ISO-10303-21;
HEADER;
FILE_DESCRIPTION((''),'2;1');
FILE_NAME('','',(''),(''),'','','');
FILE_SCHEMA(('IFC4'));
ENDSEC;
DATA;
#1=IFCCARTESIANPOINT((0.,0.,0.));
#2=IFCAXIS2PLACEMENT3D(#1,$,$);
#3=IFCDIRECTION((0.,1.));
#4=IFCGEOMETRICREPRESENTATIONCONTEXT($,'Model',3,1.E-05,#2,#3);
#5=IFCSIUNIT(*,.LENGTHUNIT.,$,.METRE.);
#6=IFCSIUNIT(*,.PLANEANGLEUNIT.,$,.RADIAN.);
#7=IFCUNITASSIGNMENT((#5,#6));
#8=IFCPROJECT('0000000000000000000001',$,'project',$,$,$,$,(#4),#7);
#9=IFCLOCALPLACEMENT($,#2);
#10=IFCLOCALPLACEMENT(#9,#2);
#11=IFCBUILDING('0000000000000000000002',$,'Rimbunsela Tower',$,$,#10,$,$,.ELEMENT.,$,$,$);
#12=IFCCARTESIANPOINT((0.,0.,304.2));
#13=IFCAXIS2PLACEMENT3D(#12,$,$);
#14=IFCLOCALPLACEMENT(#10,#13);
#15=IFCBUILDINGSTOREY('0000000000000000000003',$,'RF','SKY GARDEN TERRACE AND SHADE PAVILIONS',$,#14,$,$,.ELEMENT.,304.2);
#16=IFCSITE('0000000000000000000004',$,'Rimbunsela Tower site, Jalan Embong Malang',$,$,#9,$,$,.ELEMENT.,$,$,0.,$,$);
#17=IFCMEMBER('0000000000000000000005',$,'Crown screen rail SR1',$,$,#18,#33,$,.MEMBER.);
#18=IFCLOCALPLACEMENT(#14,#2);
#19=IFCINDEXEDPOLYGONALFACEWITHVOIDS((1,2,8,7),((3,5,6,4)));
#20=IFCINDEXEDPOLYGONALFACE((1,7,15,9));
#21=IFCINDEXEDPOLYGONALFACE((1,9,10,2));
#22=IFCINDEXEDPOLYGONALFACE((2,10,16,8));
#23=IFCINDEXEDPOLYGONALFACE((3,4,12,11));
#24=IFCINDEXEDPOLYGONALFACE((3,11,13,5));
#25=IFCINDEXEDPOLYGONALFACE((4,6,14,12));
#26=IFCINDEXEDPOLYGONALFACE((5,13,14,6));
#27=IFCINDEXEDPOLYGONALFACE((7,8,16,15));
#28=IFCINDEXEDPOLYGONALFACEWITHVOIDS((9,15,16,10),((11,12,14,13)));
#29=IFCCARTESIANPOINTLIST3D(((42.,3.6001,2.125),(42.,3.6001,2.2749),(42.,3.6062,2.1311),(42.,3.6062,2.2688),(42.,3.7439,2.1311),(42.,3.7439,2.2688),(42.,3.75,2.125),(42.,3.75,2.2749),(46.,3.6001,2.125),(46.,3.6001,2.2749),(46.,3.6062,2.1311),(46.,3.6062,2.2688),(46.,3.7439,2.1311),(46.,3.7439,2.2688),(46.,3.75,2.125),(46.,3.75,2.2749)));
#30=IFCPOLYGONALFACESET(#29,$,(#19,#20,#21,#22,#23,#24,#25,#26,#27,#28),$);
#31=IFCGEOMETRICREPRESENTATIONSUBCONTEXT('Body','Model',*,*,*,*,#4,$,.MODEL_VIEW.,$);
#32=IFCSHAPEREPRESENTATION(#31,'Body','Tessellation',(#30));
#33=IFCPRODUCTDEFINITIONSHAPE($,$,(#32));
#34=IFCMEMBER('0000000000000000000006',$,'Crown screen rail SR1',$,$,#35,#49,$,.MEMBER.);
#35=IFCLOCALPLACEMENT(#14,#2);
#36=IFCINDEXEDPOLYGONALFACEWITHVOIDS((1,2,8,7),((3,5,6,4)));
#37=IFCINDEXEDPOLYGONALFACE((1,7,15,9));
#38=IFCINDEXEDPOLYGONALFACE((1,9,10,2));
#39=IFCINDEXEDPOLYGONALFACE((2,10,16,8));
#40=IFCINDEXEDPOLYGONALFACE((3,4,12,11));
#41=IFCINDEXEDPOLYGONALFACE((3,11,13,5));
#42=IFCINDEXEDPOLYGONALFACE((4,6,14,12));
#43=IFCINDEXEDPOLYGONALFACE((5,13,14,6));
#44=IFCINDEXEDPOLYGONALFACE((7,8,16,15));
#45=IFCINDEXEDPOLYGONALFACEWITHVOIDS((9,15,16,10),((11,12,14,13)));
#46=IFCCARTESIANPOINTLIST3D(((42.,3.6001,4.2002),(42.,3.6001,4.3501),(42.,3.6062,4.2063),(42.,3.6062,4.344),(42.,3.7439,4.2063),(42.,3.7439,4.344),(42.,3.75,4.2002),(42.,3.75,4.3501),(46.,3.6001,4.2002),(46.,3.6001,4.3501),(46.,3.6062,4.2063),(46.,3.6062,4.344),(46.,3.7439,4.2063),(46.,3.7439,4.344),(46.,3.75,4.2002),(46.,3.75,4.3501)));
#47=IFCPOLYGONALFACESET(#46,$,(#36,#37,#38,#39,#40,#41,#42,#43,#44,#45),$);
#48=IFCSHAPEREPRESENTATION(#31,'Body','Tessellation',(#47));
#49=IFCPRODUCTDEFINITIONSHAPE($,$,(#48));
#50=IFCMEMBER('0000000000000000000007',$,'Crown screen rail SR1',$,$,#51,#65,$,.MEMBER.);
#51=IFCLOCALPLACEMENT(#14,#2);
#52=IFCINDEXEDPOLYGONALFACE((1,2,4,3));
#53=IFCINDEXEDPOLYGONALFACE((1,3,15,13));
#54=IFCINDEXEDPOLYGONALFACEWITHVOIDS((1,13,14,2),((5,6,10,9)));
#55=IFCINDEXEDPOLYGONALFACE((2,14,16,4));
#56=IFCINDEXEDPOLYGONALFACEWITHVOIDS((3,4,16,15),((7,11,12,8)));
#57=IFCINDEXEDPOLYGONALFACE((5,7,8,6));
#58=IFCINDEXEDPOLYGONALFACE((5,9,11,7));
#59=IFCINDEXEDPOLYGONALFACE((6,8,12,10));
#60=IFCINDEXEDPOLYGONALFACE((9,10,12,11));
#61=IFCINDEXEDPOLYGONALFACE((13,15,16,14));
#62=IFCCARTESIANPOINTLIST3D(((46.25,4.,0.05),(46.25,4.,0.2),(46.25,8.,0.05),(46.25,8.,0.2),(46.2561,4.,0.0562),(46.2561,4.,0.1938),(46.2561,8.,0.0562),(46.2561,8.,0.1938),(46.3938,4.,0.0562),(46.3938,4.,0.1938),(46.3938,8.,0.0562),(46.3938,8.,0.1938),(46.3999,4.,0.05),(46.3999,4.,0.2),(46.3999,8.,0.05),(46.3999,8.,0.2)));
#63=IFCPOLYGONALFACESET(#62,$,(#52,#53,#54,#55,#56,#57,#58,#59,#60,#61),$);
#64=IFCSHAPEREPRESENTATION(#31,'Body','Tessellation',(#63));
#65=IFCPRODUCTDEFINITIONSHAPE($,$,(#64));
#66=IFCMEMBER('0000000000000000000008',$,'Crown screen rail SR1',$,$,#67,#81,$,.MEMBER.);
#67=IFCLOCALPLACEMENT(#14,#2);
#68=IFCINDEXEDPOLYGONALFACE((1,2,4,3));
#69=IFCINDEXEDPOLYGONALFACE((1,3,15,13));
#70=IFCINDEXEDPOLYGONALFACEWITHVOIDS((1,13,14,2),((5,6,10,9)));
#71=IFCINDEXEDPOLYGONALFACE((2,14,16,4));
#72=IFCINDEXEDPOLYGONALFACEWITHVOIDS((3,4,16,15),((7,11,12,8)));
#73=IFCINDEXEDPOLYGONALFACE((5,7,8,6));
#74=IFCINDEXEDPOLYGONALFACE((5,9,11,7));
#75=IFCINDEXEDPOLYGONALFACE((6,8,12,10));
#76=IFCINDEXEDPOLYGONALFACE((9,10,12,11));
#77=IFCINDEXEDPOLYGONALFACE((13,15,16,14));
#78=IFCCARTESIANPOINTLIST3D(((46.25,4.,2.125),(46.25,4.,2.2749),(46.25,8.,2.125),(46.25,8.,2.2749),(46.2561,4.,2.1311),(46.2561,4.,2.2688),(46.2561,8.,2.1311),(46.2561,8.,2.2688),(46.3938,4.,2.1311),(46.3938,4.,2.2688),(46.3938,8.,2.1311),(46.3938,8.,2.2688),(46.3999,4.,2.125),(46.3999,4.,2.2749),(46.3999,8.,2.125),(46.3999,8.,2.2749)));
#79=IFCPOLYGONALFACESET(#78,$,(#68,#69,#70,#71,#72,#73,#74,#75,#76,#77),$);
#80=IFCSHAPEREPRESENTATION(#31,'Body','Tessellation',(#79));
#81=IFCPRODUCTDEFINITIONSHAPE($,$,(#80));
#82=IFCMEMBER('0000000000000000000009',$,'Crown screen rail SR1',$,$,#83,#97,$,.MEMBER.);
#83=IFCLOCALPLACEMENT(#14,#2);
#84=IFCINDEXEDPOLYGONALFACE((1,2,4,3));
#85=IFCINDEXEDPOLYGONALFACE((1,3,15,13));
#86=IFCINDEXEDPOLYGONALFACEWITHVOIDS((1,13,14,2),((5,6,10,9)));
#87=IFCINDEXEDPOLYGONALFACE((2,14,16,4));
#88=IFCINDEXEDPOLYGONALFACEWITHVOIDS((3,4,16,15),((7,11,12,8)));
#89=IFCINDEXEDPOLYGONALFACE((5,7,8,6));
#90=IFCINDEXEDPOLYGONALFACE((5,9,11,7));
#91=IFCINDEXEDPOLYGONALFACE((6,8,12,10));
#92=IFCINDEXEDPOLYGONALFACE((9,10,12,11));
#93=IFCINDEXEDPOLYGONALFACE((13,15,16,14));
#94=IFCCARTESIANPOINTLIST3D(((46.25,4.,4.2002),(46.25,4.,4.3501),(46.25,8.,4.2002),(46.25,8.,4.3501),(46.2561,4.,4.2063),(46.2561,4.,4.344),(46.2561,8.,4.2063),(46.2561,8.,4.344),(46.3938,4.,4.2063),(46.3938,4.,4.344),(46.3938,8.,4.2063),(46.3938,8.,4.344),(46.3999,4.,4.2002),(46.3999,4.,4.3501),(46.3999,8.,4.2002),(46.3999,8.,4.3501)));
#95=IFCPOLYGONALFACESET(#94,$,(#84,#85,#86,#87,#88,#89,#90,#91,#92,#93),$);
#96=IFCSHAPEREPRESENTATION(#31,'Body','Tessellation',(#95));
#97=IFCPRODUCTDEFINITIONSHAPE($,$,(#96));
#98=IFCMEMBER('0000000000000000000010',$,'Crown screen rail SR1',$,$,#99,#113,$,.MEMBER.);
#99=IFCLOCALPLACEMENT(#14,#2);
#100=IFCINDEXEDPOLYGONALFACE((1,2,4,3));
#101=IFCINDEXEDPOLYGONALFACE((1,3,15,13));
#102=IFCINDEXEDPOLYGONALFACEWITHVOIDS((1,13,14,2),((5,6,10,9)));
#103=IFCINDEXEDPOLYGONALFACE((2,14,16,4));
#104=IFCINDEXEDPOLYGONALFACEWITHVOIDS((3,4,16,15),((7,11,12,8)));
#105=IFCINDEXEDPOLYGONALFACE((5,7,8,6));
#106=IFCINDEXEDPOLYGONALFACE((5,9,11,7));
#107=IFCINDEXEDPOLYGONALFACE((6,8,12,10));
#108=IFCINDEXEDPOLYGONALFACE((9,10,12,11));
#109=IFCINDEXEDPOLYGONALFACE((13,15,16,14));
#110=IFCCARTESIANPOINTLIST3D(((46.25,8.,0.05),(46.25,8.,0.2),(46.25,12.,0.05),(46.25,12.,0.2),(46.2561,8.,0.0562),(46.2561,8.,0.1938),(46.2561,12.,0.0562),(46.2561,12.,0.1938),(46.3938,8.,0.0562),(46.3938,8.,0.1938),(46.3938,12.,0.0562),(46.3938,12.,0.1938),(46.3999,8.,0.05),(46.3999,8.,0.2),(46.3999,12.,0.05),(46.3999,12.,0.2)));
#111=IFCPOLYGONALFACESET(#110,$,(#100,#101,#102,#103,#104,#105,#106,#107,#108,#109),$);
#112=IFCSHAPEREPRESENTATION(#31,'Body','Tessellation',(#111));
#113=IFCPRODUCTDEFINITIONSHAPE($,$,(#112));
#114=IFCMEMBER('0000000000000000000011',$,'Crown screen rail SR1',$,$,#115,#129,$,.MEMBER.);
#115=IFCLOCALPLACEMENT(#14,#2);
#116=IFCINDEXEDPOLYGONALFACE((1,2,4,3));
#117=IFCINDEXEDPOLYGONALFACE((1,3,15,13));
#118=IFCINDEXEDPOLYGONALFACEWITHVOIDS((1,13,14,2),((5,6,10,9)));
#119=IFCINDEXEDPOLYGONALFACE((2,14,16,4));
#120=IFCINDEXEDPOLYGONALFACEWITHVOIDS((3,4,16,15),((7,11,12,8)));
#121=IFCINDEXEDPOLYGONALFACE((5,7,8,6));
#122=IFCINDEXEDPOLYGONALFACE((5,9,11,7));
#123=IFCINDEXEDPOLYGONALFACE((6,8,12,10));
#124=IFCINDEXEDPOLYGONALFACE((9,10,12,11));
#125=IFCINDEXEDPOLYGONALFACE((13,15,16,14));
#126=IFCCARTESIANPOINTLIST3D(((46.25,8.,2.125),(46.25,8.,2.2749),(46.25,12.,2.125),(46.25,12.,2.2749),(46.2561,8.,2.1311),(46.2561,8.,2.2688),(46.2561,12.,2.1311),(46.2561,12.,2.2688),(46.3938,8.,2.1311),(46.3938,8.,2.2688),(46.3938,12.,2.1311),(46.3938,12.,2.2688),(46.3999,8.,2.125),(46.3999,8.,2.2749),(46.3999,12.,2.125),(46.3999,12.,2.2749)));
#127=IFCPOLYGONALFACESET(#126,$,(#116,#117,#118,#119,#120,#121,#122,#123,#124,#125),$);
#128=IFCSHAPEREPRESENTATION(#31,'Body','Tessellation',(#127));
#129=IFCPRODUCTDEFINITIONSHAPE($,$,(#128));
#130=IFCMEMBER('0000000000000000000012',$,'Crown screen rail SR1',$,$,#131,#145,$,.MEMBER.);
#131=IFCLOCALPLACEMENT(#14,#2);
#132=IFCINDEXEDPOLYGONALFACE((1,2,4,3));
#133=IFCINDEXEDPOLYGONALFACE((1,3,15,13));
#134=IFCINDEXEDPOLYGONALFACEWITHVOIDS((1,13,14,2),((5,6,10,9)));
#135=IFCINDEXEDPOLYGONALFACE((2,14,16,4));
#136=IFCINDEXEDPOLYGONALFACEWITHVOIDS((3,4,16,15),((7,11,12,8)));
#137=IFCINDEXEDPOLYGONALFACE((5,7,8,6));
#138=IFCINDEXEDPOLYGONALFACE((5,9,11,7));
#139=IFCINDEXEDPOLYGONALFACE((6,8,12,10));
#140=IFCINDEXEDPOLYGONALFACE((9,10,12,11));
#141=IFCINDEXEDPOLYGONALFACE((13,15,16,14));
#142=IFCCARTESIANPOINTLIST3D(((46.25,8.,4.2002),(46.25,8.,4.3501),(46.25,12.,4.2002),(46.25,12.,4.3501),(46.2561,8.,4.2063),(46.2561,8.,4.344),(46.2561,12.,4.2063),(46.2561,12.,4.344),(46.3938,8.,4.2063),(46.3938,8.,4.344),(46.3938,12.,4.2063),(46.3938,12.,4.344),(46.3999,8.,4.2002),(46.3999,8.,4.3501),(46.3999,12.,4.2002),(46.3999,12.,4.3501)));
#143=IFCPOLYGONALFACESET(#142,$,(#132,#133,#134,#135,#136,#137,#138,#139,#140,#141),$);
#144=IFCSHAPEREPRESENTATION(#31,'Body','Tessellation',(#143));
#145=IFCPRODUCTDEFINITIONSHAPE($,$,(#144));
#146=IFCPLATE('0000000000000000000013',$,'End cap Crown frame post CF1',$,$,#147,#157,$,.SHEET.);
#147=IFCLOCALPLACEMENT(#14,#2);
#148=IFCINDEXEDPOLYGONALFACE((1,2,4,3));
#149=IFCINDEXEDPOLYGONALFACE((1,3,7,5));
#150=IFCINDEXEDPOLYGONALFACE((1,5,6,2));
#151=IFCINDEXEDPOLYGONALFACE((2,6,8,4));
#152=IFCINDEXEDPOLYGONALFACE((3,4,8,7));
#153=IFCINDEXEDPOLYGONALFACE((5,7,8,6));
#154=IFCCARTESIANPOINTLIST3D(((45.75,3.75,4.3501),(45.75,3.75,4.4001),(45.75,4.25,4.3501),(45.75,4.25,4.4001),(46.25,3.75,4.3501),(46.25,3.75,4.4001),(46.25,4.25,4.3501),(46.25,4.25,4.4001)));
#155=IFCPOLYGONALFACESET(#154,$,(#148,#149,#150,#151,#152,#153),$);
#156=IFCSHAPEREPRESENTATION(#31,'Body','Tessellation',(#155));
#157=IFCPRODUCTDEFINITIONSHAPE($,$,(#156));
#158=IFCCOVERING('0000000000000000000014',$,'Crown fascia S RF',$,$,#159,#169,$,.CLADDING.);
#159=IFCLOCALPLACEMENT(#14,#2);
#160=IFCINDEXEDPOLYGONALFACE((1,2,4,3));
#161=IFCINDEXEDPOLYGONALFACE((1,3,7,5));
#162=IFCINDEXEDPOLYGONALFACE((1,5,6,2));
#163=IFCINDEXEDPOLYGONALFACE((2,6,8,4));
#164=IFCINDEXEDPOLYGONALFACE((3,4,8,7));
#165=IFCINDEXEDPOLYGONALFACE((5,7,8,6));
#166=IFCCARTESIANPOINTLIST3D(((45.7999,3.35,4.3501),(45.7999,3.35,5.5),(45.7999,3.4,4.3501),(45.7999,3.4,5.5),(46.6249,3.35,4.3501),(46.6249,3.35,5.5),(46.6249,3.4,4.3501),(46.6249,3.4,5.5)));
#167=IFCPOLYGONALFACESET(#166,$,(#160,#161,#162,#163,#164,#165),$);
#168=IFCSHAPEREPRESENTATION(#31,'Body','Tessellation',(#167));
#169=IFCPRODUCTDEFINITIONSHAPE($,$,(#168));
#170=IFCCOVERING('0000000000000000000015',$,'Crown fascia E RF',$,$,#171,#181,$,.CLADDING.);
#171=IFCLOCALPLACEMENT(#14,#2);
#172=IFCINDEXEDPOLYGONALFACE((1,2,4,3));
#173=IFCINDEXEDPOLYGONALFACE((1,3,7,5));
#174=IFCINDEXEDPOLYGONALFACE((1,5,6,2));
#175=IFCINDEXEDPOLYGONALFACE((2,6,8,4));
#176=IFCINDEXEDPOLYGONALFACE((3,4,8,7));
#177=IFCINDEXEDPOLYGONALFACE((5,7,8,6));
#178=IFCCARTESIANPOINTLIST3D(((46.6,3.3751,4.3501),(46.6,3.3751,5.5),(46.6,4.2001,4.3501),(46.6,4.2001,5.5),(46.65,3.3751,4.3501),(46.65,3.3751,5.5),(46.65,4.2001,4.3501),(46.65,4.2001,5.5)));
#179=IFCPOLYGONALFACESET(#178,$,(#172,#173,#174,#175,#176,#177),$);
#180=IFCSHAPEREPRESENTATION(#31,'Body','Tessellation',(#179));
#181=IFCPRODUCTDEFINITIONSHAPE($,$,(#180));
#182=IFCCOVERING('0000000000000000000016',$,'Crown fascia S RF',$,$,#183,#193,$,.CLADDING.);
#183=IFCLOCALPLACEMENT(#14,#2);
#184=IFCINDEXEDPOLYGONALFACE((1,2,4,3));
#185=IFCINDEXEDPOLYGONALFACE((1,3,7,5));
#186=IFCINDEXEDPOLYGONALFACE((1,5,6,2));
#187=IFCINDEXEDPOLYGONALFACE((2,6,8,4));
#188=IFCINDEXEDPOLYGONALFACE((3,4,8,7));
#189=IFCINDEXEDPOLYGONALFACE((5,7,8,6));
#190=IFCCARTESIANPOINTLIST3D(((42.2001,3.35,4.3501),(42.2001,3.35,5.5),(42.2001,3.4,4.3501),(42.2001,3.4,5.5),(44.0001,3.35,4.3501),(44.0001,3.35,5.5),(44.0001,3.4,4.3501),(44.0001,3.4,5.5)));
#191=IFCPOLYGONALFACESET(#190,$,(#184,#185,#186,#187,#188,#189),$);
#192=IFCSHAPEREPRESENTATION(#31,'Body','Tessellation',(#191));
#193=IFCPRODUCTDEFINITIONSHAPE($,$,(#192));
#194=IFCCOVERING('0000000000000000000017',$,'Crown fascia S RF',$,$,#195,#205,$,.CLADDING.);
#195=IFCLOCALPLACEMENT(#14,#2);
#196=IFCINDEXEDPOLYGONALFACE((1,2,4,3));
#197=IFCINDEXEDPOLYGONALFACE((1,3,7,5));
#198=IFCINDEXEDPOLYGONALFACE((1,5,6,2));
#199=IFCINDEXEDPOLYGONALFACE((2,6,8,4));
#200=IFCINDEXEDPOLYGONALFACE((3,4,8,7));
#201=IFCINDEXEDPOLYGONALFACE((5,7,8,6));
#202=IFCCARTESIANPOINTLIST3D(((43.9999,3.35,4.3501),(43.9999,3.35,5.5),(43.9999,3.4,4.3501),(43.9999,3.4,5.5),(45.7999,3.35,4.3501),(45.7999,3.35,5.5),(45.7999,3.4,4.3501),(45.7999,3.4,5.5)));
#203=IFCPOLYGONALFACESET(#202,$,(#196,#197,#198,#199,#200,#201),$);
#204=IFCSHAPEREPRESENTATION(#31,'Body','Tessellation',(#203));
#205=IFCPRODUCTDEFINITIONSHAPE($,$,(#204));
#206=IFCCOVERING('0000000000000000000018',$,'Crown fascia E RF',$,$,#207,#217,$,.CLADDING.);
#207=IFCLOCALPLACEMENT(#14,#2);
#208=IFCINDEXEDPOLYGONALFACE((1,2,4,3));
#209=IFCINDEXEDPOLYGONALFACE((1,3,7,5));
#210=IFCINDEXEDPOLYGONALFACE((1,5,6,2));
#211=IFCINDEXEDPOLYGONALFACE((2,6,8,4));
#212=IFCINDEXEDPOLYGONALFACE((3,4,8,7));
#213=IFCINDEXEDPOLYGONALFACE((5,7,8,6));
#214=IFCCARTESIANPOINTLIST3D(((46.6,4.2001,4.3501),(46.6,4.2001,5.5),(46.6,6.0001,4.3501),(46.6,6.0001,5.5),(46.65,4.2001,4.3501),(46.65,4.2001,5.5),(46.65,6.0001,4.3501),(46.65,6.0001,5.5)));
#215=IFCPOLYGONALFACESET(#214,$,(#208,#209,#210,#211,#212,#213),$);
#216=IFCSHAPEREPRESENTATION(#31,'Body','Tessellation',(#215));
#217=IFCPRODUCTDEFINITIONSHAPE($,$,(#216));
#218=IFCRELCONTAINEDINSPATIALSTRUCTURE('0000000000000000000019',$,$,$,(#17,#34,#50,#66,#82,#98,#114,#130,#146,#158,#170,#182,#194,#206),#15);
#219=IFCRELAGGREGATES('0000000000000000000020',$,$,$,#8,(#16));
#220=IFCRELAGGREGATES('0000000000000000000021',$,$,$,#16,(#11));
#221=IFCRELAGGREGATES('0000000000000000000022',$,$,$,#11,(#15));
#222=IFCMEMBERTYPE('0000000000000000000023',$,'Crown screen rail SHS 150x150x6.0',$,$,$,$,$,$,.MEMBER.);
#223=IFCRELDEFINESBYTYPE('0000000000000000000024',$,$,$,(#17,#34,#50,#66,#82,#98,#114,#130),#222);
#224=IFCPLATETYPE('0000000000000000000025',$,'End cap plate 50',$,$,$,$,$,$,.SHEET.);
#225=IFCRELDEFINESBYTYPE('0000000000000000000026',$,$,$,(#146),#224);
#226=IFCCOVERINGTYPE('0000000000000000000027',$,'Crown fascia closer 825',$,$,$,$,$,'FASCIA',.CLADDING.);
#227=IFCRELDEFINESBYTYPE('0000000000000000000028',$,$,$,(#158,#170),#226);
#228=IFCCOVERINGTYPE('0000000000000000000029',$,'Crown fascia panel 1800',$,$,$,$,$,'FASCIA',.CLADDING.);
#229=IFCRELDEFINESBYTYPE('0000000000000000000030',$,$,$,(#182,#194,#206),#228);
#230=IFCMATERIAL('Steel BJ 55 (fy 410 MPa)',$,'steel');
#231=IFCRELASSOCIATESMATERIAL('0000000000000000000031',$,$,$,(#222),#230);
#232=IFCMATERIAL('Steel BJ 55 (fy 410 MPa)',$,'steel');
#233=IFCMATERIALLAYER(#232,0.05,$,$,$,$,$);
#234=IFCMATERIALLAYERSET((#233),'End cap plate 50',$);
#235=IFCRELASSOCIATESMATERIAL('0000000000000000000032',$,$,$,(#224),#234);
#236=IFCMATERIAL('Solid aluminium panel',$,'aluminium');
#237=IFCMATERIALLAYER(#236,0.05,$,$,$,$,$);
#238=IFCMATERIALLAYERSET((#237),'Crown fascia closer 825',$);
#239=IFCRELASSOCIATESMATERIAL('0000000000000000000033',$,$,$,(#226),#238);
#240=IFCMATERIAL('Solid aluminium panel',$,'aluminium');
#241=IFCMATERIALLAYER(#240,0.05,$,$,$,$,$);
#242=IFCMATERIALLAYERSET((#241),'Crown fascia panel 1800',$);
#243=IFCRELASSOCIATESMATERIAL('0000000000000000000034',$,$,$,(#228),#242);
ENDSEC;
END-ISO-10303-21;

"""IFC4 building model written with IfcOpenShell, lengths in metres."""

from ifc_helpers import new_model, si_unit, direction, frame, origin, origin_2d, place, context, subcontext, project, spatial, rectangle, hollow_rectangle, extrude, material, layer, layer_set, material_profile, profile_set, type_object, element, save


model = new_model("IFC4")

# Units and contexts
model_context = context("Model", 3, precision=1e-05, world=origin(), true_north=direction((0.0, 1.0)))
body_context = subcontext(model_context, "Body", "Model", "MODEL_VIEW")
ifc_project = project(units=[si_unit("LENGTHUNIT", "METRE"), si_unit("PLANEANGLEUNIT", "RADIAN")], contexts=[model_context])

# Site, building, storey
site_placement = place(None, origin())
site = spatial("IfcSite", under=ifc_project, at=site_placement, Name="Rimbunsela Tower site, Jalan Embong Malang", CompositionType="ELEMENT", RefElevation=0.0)
building_placement = place(site_placement, origin())
building = spatial("IfcBuilding", under=site, at=building_placement, Name="Rimbunsela Tower", CompositionType="ELEMENT")
storey_placement = place(building_placement, frame((0.0, 0.0, 304.2)))
storey = spatial("IfcBuildingStorey", under=building, at=storey_placement, Name="RF", Description="SKY GARDEN TERRACE AND SHADE PAVILIONS", CompositionType="ELEMENT", Elevation=304.2)

# Members
ifc_material_1 = material(Name="Steel BJ 55 (fy 410 MPa)", Category="steel")
ifc_material_profile_1 = material_profile(ifc_material_1, hollow_rectangle(XDim=0.1499, YDim=0.1499, WallThickness=0.0061, at=origin_2d()), Name="SHS 150x150x6.0")
ifc_profile_set_1 = profile_set([ifc_material_profile_1], Name="Steel BJ 55 (fy 410 MPa)")
member_type_1 = type_object("IfcMemberType", Name="Crown screen rail SHS 150x150x6.0", PredefinedType="MEMBER", material=ifc_profile_set_1)
for number, where, z_axis, x_axis, name in (
    (1, (42.0, 3.675, 2.2), (1.0, 0.0, 0.0), (0.0, 1.0, 0.0), "Crown screen rail SR1"),
    (2, (42.0, 3.675, 4.2751), (1.0, 0.0, 0.0), (0.0, 1.0, 0.0), "Crown screen rail SR1"),
    (3, (46.325, 4.0, 0.125), (0.0, 1.0, 0.0), (-1.0, 0.0, 0.0), "Crown screen rail SR1"),
    (4, (46.325, 4.0, 2.2), (0.0, 1.0, 0.0), (-1.0, 0.0, 0.0), "Crown screen rail SR1"),
    (5, (46.325, 4.0, 4.2751), (0.0, 1.0, 0.0), (-1.0, 0.0, 0.0), "Crown screen rail SR1"),
    (6, (46.325, 8.0, 0.125), (0.0, 1.0, 0.0), (-1.0, 0.0, 0.0), "Crown screen rail SR1"),
    (7, (46.325, 8.0, 2.2), (0.0, 1.0, 0.0), (-1.0, 0.0, 0.0), "Crown screen rail SR1"),
    (8, (46.325, 8.0, 4.2751), (0.0, 1.0, 0.0), (-1.0, 0.0, 0.0), "Crown screen rail SR1"),
):
    element("IfcMember", number, at=place(storey_placement, frame(where, z_axis=z_axis, x_axis=x_axis)), inside=storey, type_object=member_type_1, Name=name, PredefinedType="MEMBER", context=body_context, shape_type="SweptSolid", body=[
        extrude(hollow_rectangle(XDim=0.1499, YDim=0.1499, WallThickness=0.0061, at=origin_2d()), origin(), (0.0, 0.0, 1.0), 4.0),
    ])

# Plate
ifc_material_2 = material(Name="Steel BJ 55 (fy 410 MPa)", Category="steel")
ifc_layer_1 = layer(ifc_material_2, 0.05)
ifc_layer_set_1 = layer_set([ifc_layer_1], Name="End cap plate 50")
plate_type = type_object("IfcPlateType", Name="End cap plate 50", PredefinedType="SHEET", material=ifc_layer_set_1)
plate_placement = place(storey_placement, frame((46.0, 4.0, 4.3501), z_axis=(0.0, 0.0, 1.0), x_axis=(1.0, 0.0, 0.0)))
element("IfcPlate", 9, at=plate_placement, inside=storey, type_object=plate_type, Name="End cap Crown frame post CF1", PredefinedType="SHEET", context=body_context, shape_type="SweptSolid", body=[
    extrude(rectangle(XDim=0.5, YDim=0.5, at=origin_2d()), origin(), (0.0, 0.0, 1.0), 0.05),
])

# Coverings
ifc_material_3 = material(Name="Solid aluminium panel", Category="aluminium")
ifc_layer_2 = layer(ifc_material_3, 0.05)
ifc_layer_set_2 = layer_set([ifc_layer_2], Name="Crown fascia closer 825")
covering_type_1 = type_object("IfcCoveringType", Name="Crown fascia closer 825", ElementType="FASCIA", PredefinedType="CLADDING", material=ifc_layer_set_2)
for number, where, z_axis, x_axis, name in (
    (10, (46.2124, 3.375, 4.3501), (0.0, 0.0, 1.0), (1.0, 0.0, 0.0), "Crown fascia S RF"),
    (11, (46.625, 3.7876, 4.3501), (0.0, 0.0, 1.0), (0.0, 1.0, 0.0), "Crown fascia E RF"),
):
    element("IfcCovering", number, at=place(storey_placement, frame(where, z_axis=z_axis, x_axis=x_axis)), inside=storey, type_object=covering_type_1, Name=name, PredefinedType="CLADDING", context=body_context, shape_type="SweptSolid", body=[
        extrude(rectangle(XDim=0.825, YDim=0.05, at=origin_2d()), origin(), (0.0, 0.0, 1.0), 1.1499),
    ])
ifc_material_4 = material(Name="Solid aluminium panel", Category="aluminium")
ifc_layer_3 = layer(ifc_material_4, 0.05)
ifc_layer_set_3 = layer_set([ifc_layer_3], Name="Crown fascia panel 1800")
covering_type_2 = type_object("IfcCoveringType", Name="Crown fascia panel 1800", ElementType="FASCIA", PredefinedType="CLADDING", material=ifc_layer_set_3)
for number, where, z_axis, x_axis, name in (
    (12, (43.1001, 3.375, 4.3501), (0.0, 0.0, 1.0), (1.0, 0.0, 0.0), "Crown fascia S RF"),
    (13, (44.8999, 3.375, 4.3501), (0.0, 0.0, 1.0), (1.0, 0.0, 0.0), "Crown fascia S RF"),
    (14, (46.625, 5.1001, 4.3501), (0.0, 0.0, 1.0), (0.0, 1.0, 0.0), "Crown fascia E RF"),
):
    element("IfcCovering", number, at=place(storey_placement, frame(where, z_axis=z_axis, x_axis=x_axis)), inside=storey, type_object=covering_type_2, Name=name, PredefinedType="CLADDING", context=body_context, shape_type="SweptSolid", body=[
        extrude(rectangle(XDim=1.8, YDim=0.05, at=origin_2d()), origin(), (0.0, 0.0, 1.0), 1.1499),
    ])

save(model, "model.ifc")
